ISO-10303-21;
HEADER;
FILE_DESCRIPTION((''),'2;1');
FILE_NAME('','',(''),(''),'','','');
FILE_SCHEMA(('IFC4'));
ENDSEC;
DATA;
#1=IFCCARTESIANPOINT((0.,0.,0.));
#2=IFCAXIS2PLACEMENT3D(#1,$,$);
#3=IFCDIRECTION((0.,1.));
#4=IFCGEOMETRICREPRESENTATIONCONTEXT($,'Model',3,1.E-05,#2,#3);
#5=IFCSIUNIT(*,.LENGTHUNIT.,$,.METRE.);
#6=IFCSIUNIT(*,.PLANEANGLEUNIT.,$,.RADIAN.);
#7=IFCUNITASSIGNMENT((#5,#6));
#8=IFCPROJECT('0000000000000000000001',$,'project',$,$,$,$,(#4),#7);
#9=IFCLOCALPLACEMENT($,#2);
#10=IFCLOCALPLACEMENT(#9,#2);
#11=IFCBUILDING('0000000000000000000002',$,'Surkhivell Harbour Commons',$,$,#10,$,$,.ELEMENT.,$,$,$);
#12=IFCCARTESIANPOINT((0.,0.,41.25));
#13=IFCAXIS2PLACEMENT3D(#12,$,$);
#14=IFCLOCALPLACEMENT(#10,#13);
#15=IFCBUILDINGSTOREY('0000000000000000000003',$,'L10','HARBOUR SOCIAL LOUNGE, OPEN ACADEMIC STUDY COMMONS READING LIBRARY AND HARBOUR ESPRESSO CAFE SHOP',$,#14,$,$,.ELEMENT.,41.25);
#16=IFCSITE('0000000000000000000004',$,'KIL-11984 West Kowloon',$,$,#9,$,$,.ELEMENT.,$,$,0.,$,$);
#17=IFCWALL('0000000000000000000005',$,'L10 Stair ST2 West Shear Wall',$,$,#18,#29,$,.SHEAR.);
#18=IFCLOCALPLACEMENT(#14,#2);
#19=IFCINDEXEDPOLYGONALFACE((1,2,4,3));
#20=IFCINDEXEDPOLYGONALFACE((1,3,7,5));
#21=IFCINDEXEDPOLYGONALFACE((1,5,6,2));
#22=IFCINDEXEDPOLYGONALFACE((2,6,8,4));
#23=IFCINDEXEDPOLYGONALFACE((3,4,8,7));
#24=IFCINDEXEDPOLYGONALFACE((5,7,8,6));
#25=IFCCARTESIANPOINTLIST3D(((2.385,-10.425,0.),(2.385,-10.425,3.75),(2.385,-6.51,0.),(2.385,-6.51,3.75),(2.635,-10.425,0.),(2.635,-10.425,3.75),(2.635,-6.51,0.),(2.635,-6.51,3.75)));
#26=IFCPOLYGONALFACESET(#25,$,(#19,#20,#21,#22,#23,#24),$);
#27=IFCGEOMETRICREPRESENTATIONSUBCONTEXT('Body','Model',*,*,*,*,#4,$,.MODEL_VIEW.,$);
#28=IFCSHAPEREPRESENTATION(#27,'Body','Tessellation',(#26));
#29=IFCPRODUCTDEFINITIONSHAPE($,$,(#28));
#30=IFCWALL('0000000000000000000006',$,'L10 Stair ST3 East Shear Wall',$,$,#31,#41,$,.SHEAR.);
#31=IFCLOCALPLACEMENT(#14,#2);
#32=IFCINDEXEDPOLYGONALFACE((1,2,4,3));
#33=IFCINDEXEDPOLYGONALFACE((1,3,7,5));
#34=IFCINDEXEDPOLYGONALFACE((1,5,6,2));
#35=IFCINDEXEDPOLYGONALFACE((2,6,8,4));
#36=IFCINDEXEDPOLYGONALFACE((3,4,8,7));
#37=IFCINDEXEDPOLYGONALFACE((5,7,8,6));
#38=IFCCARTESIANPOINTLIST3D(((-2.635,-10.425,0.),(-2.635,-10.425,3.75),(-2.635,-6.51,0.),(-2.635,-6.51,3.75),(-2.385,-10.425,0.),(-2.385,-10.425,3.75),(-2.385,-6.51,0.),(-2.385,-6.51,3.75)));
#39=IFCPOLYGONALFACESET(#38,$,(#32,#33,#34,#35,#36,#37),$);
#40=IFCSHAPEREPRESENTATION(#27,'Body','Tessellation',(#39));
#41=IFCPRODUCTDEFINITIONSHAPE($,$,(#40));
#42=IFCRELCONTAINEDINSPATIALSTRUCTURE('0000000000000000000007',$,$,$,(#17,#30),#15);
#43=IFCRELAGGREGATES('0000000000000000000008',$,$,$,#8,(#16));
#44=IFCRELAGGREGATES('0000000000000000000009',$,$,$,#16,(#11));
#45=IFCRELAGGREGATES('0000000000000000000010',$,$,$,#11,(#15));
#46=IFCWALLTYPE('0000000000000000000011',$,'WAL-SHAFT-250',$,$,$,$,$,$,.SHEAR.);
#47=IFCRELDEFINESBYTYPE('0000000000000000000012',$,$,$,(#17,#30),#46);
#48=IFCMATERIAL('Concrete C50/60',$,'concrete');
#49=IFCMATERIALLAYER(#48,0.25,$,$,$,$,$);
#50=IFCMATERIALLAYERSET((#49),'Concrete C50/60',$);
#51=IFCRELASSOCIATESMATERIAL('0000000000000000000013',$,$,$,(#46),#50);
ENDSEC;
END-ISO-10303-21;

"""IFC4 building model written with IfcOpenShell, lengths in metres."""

from ifc_helpers import new_model, si_unit, direction, frame, frame_2d, origin, place, context, subcontext, project, spatial, rectangle, extrude, material, layer, layer_set, type_object, element, save


model = new_model("IFC4")

# Units and contexts
model_context = context("Model", 3, precision=1e-05, world=origin(), true_north=direction((0.0, 1.0)))
body_context = subcontext(model_context, "Body", "Model", "MODEL_VIEW")
ifc_project = project(units=[si_unit("LENGTHUNIT", "METRE"), si_unit("PLANEANGLEUNIT", "RADIAN")], contexts=[model_context])

# Site, building, storey
site_placement = place(None, origin())
site = spatial("IfcSite", under=ifc_project, at=site_placement, Name="KIL-11984 West Kowloon", CompositionType="ELEMENT", RefElevation=0.0)
building_placement = place(site_placement, origin())
building = spatial("IfcBuilding", under=site, at=building_placement, Name="Surkhivell Harbour Commons", CompositionType="ELEMENT")
storey_placement = place(building_placement, frame((0.0, 0.0, 41.25)))
storey = spatial("IfcBuildingStorey", under=building, at=storey_placement, Name="L10", Description="HARBOUR SOCIAL LOUNGE, OPEN ACADEMIC STUDY COMMONS READING LIBRARY AND HARBOUR ESPRESSO CAFE SHOP", CompositionType="ELEMENT", Elevation=41.25)

# Shared definitions
ifc_material_1 = material(Name="Concrete C50/60", Category="concrete")
ifc_layer_1 = layer(ifc_material_1, 0.25)
ifc_layer_set_1 = layer_set([ifc_layer_1], Name="Concrete C50/60")
wall_type_1 = type_object("IfcWallType", Name="WAL-SHAFT-250", PredefinedType="SHEAR", material=ifc_layer_set_1)

# Walls
for number, where, z_axis, x_axis, name in (
    (1, (2.51, -10.425, 0.0), (0.0, 0.0, 1.0), (0.0, 1.0, 0.0), "L10 Stair ST2 West Shear Wall"),
    (2, (-2.51, -10.425, 0.0), (0.0, 0.0, 1.0), (0.0, 1.0, 0.0), "L10 Stair ST3 East Shear Wall"),
):
    element("IfcWall", number, at=place(storey_placement, frame(where, z_axis=z_axis, x_axis=x_axis)), inside=storey, type_object=wall_type_1, Name=name, PredefinedType="SHEAR", context=body_context, shape_type="SweptSolid", body=[
        extrude(rectangle(XDim=3.915, YDim=0.25, at=frame_2d((1.9575, 0.0))), origin(), (0.0, 0.0, 1.0), 3.75),
    ])

save(model, "model.ifc")
